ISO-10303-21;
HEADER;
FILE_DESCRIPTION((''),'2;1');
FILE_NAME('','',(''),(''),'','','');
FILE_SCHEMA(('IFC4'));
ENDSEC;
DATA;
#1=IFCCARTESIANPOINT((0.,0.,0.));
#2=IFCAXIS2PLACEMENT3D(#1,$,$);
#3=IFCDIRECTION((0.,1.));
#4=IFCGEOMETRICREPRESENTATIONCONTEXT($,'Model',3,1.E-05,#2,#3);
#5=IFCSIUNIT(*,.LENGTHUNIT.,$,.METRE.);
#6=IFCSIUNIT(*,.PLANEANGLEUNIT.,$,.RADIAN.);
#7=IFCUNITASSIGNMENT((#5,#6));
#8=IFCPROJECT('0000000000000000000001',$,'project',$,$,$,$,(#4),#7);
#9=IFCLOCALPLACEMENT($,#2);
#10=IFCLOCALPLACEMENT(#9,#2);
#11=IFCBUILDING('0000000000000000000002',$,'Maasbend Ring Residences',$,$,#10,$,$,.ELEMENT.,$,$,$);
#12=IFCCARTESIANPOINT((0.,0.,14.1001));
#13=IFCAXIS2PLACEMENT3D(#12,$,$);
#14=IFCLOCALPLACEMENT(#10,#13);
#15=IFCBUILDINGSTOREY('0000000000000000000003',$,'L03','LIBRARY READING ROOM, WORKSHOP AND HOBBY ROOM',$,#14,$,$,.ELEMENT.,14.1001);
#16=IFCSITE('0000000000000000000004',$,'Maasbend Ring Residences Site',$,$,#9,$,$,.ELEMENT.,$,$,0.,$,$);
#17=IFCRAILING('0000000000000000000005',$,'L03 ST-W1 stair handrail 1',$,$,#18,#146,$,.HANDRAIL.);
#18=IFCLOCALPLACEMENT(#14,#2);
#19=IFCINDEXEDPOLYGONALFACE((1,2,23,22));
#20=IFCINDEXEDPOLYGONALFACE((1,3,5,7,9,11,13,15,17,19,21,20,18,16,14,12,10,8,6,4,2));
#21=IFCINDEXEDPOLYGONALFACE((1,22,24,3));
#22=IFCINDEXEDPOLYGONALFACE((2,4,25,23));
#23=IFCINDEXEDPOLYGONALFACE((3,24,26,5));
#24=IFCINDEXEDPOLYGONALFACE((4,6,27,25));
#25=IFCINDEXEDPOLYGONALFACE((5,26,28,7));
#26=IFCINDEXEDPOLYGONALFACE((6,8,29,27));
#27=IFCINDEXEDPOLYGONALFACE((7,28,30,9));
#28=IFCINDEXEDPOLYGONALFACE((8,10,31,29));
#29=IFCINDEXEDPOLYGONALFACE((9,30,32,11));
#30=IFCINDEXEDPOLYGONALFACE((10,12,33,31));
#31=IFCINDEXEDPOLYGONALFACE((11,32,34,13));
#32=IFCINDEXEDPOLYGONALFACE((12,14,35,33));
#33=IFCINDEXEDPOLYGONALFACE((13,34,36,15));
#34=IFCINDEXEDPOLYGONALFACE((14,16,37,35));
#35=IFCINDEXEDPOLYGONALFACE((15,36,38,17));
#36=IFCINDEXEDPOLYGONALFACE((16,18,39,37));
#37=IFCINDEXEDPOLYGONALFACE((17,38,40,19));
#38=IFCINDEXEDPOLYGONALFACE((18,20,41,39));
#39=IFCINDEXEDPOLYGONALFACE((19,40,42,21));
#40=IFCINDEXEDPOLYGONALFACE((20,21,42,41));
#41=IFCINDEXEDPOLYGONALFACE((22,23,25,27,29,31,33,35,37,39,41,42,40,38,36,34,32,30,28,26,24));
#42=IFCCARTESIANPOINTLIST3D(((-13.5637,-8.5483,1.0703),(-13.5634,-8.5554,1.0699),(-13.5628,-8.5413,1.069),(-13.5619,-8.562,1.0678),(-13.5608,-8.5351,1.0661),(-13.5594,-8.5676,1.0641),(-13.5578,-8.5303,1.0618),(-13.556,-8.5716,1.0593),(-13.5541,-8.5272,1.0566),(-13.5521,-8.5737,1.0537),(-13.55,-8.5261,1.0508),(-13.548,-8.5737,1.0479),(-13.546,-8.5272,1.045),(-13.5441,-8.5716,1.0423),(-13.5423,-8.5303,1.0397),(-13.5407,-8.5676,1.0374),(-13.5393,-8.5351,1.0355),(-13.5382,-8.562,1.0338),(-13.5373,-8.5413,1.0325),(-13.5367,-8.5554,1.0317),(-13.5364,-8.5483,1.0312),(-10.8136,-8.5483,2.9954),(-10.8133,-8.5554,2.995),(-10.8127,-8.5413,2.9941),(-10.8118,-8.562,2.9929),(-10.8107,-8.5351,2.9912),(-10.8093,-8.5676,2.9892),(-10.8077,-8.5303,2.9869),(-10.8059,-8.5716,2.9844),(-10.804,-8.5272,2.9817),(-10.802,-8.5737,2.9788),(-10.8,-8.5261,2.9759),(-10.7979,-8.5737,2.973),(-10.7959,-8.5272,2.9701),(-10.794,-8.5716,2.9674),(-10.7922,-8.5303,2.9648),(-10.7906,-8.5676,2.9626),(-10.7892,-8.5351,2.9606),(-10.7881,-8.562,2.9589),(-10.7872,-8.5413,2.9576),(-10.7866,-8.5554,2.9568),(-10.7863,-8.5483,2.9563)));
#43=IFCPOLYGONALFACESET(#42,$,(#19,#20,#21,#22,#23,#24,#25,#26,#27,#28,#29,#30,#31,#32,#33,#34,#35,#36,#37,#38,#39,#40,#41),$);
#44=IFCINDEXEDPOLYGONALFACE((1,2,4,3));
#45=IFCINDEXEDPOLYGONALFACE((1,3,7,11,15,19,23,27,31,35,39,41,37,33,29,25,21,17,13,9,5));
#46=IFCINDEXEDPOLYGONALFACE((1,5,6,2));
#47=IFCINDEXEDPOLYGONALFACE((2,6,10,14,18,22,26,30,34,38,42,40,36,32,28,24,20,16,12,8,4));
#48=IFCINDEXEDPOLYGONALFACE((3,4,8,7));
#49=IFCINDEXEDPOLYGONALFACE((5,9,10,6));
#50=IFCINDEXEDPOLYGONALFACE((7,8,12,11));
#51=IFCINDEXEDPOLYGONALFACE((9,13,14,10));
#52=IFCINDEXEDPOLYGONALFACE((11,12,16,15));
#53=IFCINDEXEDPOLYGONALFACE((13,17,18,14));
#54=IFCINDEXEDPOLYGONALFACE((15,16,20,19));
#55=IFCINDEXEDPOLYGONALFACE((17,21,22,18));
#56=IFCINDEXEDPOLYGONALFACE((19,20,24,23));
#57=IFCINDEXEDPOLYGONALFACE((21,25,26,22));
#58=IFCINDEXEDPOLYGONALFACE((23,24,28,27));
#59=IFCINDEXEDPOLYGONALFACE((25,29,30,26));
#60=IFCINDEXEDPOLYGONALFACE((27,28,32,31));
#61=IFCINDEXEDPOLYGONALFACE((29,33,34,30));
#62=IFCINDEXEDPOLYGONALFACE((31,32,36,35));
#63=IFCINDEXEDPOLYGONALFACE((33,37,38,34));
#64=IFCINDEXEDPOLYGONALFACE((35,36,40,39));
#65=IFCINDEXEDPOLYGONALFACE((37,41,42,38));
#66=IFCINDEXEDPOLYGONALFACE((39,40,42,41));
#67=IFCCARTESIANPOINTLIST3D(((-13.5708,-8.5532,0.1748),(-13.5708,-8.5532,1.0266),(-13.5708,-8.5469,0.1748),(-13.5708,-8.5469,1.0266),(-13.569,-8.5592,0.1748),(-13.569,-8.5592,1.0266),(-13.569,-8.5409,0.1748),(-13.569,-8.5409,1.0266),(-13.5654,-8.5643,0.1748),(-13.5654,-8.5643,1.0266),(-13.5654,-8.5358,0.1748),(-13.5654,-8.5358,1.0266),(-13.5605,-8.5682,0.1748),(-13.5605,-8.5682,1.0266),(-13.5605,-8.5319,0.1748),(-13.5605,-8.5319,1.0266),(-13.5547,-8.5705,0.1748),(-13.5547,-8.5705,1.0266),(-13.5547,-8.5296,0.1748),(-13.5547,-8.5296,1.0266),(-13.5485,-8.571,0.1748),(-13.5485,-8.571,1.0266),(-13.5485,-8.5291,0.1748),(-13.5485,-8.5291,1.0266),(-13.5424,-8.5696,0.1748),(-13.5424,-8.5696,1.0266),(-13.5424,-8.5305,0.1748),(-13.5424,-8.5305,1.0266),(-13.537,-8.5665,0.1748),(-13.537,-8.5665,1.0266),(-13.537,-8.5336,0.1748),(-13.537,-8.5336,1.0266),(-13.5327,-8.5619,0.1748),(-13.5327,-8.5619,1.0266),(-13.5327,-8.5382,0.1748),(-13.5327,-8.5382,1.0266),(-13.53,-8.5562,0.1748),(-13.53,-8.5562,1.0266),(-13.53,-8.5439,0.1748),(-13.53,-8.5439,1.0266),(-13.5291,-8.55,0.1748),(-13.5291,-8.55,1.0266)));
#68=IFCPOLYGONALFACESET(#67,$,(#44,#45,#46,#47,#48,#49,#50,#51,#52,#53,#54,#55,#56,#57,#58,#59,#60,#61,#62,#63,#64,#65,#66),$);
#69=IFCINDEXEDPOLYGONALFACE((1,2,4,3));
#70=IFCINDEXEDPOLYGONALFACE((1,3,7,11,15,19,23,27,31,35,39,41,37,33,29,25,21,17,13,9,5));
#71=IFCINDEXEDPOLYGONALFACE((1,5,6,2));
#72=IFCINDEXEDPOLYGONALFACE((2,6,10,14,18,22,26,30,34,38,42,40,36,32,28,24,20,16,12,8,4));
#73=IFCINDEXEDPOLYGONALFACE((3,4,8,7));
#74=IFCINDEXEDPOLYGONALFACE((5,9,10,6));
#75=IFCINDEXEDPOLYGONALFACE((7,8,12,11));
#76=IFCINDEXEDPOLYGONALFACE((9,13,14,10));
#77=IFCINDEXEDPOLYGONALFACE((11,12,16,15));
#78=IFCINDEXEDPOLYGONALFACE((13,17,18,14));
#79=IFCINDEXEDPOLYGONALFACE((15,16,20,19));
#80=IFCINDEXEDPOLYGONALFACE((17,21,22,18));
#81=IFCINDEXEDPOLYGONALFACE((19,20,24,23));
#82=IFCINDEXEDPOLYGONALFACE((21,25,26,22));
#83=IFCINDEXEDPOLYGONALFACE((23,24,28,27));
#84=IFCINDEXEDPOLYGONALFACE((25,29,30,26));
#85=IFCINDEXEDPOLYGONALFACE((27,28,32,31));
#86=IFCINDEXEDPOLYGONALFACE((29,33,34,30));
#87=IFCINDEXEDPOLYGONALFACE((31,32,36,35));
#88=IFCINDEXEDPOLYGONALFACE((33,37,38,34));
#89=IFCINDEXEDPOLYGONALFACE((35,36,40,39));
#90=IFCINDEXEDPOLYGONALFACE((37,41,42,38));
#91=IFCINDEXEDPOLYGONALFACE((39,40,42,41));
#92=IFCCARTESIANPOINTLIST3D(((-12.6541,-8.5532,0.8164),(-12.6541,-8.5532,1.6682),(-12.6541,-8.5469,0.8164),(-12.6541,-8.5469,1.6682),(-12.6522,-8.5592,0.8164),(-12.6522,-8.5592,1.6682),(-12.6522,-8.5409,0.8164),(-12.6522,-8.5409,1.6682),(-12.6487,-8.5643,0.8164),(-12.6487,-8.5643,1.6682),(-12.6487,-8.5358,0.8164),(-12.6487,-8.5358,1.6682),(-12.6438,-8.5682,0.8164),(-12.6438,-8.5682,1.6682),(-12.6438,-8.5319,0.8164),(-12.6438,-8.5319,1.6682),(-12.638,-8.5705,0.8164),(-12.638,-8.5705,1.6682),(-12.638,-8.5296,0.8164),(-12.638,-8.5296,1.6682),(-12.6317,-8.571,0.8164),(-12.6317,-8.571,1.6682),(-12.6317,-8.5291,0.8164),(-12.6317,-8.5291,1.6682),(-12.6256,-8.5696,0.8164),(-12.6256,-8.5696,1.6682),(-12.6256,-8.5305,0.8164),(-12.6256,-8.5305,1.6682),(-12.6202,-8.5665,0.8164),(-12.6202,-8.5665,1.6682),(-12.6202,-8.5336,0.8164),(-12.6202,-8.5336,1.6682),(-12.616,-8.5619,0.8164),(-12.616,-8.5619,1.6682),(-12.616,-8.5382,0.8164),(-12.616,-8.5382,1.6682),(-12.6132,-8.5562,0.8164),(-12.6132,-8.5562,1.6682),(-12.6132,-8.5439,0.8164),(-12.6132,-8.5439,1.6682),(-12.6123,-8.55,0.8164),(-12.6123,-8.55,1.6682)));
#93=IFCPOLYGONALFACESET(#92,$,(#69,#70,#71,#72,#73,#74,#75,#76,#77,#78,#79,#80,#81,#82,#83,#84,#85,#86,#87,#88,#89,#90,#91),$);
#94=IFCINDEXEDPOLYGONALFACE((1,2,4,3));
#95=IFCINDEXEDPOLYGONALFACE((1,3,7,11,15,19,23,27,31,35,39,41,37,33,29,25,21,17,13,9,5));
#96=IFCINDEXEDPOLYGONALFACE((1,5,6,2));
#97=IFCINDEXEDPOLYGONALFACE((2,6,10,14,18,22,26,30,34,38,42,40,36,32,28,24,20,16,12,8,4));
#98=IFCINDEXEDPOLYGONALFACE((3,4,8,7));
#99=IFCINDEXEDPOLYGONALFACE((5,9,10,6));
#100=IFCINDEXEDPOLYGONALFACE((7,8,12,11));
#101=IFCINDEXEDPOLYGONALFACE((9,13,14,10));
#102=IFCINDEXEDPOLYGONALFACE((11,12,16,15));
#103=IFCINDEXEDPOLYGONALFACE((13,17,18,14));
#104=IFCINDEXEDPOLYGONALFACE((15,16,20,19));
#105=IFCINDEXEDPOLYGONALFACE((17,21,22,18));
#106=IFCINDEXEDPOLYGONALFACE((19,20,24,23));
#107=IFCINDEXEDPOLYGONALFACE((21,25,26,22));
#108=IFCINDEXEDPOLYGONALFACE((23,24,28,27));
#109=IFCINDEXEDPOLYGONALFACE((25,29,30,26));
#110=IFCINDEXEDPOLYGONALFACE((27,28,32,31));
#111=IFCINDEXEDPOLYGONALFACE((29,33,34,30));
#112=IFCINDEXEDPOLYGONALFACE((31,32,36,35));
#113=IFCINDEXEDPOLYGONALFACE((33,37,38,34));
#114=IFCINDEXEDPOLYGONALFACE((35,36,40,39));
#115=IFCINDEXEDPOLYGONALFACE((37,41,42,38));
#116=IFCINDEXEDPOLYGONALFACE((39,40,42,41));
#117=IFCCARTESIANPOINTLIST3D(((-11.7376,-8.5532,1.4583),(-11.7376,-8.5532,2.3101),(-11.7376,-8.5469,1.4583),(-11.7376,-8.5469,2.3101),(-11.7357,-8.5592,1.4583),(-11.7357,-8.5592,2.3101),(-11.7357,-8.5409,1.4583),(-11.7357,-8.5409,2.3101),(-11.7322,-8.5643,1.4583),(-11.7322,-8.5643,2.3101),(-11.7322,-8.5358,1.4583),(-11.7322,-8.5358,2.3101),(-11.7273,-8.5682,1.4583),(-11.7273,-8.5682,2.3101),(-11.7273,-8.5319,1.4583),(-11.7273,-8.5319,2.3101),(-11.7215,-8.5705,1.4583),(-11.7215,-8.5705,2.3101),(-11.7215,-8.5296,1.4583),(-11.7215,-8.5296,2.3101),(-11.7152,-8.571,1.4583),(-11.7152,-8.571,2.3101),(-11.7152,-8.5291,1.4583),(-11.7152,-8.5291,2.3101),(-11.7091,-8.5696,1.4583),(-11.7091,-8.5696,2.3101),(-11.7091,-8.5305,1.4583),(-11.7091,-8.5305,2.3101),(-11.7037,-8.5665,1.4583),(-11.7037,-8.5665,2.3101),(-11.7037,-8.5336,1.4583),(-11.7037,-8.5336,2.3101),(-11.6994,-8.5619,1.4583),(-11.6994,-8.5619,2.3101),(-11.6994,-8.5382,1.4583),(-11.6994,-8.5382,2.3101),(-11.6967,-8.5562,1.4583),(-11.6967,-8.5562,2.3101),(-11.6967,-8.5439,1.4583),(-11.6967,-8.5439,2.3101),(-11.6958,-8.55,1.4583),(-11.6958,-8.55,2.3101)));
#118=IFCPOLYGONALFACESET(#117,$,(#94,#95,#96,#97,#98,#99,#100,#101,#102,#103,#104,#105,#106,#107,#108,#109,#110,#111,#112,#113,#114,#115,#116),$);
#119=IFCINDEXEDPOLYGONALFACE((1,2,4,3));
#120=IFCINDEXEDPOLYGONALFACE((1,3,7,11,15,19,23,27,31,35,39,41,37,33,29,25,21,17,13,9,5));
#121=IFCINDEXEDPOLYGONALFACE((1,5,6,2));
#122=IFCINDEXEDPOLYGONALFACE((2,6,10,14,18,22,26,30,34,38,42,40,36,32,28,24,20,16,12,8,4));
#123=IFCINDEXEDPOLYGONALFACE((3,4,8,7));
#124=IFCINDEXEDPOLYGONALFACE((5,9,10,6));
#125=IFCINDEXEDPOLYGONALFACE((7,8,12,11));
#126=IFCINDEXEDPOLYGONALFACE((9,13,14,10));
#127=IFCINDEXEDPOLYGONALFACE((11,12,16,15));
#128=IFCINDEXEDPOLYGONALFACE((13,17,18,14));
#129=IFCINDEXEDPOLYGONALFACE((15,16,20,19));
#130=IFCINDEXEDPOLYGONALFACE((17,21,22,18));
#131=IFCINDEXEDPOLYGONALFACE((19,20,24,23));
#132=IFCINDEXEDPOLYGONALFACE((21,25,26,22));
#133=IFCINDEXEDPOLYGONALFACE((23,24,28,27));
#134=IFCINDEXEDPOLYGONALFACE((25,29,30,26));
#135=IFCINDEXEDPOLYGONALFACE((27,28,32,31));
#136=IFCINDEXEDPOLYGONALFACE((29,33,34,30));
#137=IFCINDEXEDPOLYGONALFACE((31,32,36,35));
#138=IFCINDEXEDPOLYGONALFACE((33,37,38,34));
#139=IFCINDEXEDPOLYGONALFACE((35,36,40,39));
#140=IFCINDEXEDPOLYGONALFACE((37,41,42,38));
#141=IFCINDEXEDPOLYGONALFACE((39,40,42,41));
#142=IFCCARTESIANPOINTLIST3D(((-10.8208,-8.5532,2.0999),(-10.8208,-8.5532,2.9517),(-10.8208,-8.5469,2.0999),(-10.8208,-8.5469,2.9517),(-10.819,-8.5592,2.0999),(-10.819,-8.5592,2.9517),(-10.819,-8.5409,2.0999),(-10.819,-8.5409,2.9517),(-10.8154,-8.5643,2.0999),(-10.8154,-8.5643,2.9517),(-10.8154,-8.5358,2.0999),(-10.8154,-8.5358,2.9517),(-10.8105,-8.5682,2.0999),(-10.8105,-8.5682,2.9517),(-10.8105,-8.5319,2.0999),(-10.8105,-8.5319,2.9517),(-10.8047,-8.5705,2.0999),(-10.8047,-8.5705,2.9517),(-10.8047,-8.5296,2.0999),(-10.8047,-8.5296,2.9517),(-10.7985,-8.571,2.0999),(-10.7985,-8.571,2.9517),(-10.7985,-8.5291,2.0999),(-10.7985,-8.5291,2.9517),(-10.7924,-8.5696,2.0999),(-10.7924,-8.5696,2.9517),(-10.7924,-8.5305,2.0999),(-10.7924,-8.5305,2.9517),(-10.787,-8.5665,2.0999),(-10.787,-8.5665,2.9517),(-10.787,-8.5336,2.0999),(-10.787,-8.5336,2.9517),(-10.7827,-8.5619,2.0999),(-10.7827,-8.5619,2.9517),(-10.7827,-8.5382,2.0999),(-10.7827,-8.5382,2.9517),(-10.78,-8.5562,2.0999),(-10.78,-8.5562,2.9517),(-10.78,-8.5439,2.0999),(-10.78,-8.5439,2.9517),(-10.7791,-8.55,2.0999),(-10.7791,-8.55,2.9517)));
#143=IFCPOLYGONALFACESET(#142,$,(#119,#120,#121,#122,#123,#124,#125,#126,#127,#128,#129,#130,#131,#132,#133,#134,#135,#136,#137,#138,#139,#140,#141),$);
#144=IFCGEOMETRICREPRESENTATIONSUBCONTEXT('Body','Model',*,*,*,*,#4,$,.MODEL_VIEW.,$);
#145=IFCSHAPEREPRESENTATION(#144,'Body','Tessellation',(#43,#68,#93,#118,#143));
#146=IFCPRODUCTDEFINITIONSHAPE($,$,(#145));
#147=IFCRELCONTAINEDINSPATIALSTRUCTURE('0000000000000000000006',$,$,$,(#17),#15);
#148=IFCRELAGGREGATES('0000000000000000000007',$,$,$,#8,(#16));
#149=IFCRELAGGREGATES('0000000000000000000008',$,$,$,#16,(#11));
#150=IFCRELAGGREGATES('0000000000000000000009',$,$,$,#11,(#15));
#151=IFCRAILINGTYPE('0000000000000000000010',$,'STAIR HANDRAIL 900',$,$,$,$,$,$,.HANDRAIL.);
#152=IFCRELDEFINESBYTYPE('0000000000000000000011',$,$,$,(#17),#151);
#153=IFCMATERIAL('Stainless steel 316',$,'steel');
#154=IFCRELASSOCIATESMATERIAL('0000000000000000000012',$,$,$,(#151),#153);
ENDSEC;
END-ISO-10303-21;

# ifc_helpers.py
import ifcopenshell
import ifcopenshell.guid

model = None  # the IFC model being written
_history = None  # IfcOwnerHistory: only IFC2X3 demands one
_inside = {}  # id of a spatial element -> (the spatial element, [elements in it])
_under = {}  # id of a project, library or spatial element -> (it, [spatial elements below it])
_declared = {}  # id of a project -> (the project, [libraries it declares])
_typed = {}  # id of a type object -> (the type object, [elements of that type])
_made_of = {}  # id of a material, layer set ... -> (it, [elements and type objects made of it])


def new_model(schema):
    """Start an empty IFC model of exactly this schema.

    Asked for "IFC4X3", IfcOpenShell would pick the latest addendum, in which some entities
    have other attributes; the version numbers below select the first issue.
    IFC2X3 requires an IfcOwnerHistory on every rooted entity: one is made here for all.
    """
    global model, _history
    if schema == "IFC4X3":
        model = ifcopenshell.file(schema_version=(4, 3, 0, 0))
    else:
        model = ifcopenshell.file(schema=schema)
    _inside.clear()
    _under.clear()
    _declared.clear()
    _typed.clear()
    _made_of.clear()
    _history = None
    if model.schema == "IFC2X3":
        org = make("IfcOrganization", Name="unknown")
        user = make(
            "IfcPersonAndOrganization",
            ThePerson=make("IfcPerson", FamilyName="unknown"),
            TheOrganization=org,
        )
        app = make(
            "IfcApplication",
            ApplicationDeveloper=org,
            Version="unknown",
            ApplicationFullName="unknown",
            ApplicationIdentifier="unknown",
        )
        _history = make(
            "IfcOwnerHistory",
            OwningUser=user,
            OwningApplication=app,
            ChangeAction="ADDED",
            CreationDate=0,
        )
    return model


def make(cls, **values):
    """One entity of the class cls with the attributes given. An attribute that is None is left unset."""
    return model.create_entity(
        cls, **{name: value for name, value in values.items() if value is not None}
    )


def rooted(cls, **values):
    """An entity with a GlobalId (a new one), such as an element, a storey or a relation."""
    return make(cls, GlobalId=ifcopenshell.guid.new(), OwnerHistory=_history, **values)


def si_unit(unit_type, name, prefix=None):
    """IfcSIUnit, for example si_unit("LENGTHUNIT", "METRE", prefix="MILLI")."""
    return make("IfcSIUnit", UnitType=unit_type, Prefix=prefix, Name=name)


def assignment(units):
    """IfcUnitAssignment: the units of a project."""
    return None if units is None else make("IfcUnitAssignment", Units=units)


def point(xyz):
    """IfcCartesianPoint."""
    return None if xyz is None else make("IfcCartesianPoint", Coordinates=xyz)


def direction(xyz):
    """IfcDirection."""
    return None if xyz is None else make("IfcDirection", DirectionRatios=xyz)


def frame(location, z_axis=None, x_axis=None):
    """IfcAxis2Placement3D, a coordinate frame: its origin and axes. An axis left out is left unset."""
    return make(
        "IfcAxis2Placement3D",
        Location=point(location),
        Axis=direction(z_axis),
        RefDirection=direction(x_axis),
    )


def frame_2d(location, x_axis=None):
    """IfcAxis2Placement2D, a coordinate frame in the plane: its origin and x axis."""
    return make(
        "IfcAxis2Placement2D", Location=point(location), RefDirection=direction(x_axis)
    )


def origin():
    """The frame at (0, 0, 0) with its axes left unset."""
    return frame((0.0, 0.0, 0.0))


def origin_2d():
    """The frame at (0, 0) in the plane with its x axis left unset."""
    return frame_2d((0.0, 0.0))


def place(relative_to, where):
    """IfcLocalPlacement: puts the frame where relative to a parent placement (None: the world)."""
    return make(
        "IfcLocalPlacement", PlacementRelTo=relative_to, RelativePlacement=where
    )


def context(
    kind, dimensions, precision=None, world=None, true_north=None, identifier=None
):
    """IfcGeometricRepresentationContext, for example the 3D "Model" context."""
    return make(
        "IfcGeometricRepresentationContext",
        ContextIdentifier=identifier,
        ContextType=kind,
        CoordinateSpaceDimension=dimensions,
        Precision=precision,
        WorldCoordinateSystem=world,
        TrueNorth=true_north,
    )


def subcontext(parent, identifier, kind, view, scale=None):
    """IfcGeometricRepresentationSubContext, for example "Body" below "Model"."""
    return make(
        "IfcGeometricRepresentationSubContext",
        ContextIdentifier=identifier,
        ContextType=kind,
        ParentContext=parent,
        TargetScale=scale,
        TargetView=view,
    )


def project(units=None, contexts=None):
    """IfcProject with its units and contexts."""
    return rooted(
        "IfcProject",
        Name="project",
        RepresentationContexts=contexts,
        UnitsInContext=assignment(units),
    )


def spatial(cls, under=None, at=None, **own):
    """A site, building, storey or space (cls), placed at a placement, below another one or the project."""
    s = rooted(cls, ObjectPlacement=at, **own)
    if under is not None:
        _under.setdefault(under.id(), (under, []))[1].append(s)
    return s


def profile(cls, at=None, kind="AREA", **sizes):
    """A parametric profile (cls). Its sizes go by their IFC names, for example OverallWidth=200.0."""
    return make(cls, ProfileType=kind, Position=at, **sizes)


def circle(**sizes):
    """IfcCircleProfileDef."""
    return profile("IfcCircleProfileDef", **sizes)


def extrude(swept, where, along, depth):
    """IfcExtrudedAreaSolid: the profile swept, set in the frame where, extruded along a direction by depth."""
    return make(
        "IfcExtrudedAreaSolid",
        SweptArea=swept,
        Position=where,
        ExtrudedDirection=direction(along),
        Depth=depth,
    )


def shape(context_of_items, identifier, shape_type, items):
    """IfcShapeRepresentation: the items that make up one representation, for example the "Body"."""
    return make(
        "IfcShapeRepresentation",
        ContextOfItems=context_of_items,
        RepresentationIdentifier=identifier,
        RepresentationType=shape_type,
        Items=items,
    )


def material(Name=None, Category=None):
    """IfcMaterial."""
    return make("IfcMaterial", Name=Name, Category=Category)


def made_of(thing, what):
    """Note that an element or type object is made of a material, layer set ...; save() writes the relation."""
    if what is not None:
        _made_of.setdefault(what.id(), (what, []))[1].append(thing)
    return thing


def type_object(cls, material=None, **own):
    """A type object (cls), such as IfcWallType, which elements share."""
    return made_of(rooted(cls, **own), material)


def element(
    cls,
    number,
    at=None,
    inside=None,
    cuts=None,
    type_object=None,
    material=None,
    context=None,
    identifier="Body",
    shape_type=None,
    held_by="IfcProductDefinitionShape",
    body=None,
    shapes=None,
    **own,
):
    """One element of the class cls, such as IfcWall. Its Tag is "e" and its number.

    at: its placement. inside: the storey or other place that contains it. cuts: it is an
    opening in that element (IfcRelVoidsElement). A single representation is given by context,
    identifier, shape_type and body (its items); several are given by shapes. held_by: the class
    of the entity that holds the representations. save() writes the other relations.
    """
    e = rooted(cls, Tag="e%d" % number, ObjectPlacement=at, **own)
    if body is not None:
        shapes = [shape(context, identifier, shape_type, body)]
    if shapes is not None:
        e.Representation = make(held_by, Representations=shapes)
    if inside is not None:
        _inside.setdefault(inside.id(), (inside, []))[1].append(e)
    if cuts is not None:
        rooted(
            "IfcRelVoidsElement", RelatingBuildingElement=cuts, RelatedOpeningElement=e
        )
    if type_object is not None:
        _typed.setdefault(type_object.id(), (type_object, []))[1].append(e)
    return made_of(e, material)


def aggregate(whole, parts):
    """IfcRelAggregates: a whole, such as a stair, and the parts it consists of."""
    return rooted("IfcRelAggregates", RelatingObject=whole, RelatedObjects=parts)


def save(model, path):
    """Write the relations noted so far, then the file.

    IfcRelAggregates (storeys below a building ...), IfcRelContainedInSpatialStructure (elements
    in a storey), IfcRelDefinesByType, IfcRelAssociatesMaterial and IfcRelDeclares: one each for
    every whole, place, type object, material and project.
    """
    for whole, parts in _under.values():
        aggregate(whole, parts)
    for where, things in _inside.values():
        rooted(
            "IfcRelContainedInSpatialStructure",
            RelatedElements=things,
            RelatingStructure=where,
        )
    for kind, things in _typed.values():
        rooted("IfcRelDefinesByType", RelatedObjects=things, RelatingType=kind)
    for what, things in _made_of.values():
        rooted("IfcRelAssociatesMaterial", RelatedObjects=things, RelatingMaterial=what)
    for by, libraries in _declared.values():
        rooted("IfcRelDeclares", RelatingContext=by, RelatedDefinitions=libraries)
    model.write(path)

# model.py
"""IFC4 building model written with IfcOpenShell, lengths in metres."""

from ifc_helpers import new_model, si_unit, direction, frame, origin, origin_2d, place, context, subcontext, project, spatial, circle, extrude, material, type_object, element, save


model = new_model("IFC4")

# Units and contexts
model_context = context("Model", 3, precision=1e-05, world=origin(), true_north=direction((0.0, 1.0)))
body_context = subcontext(model_context, "Body", "Model", "MODEL_VIEW")
ifc_project = project(units=[si_unit("LENGTHUNIT", "METRE"), si_unit("PLANEANGLEUNIT", "RADIAN")], contexts=[model_context])

# Site, building, storey
site_placement = place(None, origin())
site = spatial("IfcSite", under=ifc_project, at=site_placement, Name="Maasbend Ring Residences Site", CompositionType="ELEMENT", RefElevation=0.0)
building_placement = place(site_placement, origin())
building = spatial("IfcBuilding", under=site, at=building_placement, Name="Maasbend Ring Residences", CompositionType="ELEMENT")
storey_placement = place(building_placement, frame((0.0, 0.0, 14.1001)))
storey = spatial("IfcBuildingStorey", under=building, at=storey_placement, Name="L03", Description="LIBRARY READING ROOM, WORKSHOP AND HOBBY ROOM", CompositionType="ELEMENT", Elevation=14.1001)

# Railing
ifc_material_1 = material(Name="Stainless steel 316", Category="steel")
railing_type_1 = type_object("IfcRailingType", Name="STAIR HANDRAIL 900", PredefinedType="HANDRAIL", material=ifc_material_1)
railing_1_placement = place(storey_placement, frame((-13.55, -8.55, 0.1748)))
element("IfcRailing", 1, at=railing_1_placement, inside=storey, type_object=railing_type_1, Name="L03 ST-W1 stair handrail 1", PredefinedType="HANDRAIL", context=body_context, shape_type="SweptSolid", body=[
    extrude(circle(Radius=0.0239, at=origin_2d()), frame((0.0, 0.0, 0.876), z_axis=(0.819225, 0.0, 0.573472), x_axis=(0.0, 1.0, 0.0)), (0.0, 0.0, 1.0), 3.3569),
    extrude(circle(Radius=0.021, at=origin_2d()), origin(), (0.0, 0.0, 1.0), 0.8518),
    extrude(circle(Radius=0.021, at=origin_2d()), frame((0.9167, 0.0, 0.6416)), (0.0, 0.0, 1.0), 0.8518),
    extrude(circle(Radius=0.021, at=origin_2d()), frame((1.8333, 0.0, 1.2834)), (0.0, 0.0, 1.0), 0.8518),
    extrude(circle(Radius=0.021, at=origin_2d()), frame((2.75, 0.0, 1.925)), (0.0, 0.0, 1.0), 0.8518),
])

save(model, "model.ifc")
